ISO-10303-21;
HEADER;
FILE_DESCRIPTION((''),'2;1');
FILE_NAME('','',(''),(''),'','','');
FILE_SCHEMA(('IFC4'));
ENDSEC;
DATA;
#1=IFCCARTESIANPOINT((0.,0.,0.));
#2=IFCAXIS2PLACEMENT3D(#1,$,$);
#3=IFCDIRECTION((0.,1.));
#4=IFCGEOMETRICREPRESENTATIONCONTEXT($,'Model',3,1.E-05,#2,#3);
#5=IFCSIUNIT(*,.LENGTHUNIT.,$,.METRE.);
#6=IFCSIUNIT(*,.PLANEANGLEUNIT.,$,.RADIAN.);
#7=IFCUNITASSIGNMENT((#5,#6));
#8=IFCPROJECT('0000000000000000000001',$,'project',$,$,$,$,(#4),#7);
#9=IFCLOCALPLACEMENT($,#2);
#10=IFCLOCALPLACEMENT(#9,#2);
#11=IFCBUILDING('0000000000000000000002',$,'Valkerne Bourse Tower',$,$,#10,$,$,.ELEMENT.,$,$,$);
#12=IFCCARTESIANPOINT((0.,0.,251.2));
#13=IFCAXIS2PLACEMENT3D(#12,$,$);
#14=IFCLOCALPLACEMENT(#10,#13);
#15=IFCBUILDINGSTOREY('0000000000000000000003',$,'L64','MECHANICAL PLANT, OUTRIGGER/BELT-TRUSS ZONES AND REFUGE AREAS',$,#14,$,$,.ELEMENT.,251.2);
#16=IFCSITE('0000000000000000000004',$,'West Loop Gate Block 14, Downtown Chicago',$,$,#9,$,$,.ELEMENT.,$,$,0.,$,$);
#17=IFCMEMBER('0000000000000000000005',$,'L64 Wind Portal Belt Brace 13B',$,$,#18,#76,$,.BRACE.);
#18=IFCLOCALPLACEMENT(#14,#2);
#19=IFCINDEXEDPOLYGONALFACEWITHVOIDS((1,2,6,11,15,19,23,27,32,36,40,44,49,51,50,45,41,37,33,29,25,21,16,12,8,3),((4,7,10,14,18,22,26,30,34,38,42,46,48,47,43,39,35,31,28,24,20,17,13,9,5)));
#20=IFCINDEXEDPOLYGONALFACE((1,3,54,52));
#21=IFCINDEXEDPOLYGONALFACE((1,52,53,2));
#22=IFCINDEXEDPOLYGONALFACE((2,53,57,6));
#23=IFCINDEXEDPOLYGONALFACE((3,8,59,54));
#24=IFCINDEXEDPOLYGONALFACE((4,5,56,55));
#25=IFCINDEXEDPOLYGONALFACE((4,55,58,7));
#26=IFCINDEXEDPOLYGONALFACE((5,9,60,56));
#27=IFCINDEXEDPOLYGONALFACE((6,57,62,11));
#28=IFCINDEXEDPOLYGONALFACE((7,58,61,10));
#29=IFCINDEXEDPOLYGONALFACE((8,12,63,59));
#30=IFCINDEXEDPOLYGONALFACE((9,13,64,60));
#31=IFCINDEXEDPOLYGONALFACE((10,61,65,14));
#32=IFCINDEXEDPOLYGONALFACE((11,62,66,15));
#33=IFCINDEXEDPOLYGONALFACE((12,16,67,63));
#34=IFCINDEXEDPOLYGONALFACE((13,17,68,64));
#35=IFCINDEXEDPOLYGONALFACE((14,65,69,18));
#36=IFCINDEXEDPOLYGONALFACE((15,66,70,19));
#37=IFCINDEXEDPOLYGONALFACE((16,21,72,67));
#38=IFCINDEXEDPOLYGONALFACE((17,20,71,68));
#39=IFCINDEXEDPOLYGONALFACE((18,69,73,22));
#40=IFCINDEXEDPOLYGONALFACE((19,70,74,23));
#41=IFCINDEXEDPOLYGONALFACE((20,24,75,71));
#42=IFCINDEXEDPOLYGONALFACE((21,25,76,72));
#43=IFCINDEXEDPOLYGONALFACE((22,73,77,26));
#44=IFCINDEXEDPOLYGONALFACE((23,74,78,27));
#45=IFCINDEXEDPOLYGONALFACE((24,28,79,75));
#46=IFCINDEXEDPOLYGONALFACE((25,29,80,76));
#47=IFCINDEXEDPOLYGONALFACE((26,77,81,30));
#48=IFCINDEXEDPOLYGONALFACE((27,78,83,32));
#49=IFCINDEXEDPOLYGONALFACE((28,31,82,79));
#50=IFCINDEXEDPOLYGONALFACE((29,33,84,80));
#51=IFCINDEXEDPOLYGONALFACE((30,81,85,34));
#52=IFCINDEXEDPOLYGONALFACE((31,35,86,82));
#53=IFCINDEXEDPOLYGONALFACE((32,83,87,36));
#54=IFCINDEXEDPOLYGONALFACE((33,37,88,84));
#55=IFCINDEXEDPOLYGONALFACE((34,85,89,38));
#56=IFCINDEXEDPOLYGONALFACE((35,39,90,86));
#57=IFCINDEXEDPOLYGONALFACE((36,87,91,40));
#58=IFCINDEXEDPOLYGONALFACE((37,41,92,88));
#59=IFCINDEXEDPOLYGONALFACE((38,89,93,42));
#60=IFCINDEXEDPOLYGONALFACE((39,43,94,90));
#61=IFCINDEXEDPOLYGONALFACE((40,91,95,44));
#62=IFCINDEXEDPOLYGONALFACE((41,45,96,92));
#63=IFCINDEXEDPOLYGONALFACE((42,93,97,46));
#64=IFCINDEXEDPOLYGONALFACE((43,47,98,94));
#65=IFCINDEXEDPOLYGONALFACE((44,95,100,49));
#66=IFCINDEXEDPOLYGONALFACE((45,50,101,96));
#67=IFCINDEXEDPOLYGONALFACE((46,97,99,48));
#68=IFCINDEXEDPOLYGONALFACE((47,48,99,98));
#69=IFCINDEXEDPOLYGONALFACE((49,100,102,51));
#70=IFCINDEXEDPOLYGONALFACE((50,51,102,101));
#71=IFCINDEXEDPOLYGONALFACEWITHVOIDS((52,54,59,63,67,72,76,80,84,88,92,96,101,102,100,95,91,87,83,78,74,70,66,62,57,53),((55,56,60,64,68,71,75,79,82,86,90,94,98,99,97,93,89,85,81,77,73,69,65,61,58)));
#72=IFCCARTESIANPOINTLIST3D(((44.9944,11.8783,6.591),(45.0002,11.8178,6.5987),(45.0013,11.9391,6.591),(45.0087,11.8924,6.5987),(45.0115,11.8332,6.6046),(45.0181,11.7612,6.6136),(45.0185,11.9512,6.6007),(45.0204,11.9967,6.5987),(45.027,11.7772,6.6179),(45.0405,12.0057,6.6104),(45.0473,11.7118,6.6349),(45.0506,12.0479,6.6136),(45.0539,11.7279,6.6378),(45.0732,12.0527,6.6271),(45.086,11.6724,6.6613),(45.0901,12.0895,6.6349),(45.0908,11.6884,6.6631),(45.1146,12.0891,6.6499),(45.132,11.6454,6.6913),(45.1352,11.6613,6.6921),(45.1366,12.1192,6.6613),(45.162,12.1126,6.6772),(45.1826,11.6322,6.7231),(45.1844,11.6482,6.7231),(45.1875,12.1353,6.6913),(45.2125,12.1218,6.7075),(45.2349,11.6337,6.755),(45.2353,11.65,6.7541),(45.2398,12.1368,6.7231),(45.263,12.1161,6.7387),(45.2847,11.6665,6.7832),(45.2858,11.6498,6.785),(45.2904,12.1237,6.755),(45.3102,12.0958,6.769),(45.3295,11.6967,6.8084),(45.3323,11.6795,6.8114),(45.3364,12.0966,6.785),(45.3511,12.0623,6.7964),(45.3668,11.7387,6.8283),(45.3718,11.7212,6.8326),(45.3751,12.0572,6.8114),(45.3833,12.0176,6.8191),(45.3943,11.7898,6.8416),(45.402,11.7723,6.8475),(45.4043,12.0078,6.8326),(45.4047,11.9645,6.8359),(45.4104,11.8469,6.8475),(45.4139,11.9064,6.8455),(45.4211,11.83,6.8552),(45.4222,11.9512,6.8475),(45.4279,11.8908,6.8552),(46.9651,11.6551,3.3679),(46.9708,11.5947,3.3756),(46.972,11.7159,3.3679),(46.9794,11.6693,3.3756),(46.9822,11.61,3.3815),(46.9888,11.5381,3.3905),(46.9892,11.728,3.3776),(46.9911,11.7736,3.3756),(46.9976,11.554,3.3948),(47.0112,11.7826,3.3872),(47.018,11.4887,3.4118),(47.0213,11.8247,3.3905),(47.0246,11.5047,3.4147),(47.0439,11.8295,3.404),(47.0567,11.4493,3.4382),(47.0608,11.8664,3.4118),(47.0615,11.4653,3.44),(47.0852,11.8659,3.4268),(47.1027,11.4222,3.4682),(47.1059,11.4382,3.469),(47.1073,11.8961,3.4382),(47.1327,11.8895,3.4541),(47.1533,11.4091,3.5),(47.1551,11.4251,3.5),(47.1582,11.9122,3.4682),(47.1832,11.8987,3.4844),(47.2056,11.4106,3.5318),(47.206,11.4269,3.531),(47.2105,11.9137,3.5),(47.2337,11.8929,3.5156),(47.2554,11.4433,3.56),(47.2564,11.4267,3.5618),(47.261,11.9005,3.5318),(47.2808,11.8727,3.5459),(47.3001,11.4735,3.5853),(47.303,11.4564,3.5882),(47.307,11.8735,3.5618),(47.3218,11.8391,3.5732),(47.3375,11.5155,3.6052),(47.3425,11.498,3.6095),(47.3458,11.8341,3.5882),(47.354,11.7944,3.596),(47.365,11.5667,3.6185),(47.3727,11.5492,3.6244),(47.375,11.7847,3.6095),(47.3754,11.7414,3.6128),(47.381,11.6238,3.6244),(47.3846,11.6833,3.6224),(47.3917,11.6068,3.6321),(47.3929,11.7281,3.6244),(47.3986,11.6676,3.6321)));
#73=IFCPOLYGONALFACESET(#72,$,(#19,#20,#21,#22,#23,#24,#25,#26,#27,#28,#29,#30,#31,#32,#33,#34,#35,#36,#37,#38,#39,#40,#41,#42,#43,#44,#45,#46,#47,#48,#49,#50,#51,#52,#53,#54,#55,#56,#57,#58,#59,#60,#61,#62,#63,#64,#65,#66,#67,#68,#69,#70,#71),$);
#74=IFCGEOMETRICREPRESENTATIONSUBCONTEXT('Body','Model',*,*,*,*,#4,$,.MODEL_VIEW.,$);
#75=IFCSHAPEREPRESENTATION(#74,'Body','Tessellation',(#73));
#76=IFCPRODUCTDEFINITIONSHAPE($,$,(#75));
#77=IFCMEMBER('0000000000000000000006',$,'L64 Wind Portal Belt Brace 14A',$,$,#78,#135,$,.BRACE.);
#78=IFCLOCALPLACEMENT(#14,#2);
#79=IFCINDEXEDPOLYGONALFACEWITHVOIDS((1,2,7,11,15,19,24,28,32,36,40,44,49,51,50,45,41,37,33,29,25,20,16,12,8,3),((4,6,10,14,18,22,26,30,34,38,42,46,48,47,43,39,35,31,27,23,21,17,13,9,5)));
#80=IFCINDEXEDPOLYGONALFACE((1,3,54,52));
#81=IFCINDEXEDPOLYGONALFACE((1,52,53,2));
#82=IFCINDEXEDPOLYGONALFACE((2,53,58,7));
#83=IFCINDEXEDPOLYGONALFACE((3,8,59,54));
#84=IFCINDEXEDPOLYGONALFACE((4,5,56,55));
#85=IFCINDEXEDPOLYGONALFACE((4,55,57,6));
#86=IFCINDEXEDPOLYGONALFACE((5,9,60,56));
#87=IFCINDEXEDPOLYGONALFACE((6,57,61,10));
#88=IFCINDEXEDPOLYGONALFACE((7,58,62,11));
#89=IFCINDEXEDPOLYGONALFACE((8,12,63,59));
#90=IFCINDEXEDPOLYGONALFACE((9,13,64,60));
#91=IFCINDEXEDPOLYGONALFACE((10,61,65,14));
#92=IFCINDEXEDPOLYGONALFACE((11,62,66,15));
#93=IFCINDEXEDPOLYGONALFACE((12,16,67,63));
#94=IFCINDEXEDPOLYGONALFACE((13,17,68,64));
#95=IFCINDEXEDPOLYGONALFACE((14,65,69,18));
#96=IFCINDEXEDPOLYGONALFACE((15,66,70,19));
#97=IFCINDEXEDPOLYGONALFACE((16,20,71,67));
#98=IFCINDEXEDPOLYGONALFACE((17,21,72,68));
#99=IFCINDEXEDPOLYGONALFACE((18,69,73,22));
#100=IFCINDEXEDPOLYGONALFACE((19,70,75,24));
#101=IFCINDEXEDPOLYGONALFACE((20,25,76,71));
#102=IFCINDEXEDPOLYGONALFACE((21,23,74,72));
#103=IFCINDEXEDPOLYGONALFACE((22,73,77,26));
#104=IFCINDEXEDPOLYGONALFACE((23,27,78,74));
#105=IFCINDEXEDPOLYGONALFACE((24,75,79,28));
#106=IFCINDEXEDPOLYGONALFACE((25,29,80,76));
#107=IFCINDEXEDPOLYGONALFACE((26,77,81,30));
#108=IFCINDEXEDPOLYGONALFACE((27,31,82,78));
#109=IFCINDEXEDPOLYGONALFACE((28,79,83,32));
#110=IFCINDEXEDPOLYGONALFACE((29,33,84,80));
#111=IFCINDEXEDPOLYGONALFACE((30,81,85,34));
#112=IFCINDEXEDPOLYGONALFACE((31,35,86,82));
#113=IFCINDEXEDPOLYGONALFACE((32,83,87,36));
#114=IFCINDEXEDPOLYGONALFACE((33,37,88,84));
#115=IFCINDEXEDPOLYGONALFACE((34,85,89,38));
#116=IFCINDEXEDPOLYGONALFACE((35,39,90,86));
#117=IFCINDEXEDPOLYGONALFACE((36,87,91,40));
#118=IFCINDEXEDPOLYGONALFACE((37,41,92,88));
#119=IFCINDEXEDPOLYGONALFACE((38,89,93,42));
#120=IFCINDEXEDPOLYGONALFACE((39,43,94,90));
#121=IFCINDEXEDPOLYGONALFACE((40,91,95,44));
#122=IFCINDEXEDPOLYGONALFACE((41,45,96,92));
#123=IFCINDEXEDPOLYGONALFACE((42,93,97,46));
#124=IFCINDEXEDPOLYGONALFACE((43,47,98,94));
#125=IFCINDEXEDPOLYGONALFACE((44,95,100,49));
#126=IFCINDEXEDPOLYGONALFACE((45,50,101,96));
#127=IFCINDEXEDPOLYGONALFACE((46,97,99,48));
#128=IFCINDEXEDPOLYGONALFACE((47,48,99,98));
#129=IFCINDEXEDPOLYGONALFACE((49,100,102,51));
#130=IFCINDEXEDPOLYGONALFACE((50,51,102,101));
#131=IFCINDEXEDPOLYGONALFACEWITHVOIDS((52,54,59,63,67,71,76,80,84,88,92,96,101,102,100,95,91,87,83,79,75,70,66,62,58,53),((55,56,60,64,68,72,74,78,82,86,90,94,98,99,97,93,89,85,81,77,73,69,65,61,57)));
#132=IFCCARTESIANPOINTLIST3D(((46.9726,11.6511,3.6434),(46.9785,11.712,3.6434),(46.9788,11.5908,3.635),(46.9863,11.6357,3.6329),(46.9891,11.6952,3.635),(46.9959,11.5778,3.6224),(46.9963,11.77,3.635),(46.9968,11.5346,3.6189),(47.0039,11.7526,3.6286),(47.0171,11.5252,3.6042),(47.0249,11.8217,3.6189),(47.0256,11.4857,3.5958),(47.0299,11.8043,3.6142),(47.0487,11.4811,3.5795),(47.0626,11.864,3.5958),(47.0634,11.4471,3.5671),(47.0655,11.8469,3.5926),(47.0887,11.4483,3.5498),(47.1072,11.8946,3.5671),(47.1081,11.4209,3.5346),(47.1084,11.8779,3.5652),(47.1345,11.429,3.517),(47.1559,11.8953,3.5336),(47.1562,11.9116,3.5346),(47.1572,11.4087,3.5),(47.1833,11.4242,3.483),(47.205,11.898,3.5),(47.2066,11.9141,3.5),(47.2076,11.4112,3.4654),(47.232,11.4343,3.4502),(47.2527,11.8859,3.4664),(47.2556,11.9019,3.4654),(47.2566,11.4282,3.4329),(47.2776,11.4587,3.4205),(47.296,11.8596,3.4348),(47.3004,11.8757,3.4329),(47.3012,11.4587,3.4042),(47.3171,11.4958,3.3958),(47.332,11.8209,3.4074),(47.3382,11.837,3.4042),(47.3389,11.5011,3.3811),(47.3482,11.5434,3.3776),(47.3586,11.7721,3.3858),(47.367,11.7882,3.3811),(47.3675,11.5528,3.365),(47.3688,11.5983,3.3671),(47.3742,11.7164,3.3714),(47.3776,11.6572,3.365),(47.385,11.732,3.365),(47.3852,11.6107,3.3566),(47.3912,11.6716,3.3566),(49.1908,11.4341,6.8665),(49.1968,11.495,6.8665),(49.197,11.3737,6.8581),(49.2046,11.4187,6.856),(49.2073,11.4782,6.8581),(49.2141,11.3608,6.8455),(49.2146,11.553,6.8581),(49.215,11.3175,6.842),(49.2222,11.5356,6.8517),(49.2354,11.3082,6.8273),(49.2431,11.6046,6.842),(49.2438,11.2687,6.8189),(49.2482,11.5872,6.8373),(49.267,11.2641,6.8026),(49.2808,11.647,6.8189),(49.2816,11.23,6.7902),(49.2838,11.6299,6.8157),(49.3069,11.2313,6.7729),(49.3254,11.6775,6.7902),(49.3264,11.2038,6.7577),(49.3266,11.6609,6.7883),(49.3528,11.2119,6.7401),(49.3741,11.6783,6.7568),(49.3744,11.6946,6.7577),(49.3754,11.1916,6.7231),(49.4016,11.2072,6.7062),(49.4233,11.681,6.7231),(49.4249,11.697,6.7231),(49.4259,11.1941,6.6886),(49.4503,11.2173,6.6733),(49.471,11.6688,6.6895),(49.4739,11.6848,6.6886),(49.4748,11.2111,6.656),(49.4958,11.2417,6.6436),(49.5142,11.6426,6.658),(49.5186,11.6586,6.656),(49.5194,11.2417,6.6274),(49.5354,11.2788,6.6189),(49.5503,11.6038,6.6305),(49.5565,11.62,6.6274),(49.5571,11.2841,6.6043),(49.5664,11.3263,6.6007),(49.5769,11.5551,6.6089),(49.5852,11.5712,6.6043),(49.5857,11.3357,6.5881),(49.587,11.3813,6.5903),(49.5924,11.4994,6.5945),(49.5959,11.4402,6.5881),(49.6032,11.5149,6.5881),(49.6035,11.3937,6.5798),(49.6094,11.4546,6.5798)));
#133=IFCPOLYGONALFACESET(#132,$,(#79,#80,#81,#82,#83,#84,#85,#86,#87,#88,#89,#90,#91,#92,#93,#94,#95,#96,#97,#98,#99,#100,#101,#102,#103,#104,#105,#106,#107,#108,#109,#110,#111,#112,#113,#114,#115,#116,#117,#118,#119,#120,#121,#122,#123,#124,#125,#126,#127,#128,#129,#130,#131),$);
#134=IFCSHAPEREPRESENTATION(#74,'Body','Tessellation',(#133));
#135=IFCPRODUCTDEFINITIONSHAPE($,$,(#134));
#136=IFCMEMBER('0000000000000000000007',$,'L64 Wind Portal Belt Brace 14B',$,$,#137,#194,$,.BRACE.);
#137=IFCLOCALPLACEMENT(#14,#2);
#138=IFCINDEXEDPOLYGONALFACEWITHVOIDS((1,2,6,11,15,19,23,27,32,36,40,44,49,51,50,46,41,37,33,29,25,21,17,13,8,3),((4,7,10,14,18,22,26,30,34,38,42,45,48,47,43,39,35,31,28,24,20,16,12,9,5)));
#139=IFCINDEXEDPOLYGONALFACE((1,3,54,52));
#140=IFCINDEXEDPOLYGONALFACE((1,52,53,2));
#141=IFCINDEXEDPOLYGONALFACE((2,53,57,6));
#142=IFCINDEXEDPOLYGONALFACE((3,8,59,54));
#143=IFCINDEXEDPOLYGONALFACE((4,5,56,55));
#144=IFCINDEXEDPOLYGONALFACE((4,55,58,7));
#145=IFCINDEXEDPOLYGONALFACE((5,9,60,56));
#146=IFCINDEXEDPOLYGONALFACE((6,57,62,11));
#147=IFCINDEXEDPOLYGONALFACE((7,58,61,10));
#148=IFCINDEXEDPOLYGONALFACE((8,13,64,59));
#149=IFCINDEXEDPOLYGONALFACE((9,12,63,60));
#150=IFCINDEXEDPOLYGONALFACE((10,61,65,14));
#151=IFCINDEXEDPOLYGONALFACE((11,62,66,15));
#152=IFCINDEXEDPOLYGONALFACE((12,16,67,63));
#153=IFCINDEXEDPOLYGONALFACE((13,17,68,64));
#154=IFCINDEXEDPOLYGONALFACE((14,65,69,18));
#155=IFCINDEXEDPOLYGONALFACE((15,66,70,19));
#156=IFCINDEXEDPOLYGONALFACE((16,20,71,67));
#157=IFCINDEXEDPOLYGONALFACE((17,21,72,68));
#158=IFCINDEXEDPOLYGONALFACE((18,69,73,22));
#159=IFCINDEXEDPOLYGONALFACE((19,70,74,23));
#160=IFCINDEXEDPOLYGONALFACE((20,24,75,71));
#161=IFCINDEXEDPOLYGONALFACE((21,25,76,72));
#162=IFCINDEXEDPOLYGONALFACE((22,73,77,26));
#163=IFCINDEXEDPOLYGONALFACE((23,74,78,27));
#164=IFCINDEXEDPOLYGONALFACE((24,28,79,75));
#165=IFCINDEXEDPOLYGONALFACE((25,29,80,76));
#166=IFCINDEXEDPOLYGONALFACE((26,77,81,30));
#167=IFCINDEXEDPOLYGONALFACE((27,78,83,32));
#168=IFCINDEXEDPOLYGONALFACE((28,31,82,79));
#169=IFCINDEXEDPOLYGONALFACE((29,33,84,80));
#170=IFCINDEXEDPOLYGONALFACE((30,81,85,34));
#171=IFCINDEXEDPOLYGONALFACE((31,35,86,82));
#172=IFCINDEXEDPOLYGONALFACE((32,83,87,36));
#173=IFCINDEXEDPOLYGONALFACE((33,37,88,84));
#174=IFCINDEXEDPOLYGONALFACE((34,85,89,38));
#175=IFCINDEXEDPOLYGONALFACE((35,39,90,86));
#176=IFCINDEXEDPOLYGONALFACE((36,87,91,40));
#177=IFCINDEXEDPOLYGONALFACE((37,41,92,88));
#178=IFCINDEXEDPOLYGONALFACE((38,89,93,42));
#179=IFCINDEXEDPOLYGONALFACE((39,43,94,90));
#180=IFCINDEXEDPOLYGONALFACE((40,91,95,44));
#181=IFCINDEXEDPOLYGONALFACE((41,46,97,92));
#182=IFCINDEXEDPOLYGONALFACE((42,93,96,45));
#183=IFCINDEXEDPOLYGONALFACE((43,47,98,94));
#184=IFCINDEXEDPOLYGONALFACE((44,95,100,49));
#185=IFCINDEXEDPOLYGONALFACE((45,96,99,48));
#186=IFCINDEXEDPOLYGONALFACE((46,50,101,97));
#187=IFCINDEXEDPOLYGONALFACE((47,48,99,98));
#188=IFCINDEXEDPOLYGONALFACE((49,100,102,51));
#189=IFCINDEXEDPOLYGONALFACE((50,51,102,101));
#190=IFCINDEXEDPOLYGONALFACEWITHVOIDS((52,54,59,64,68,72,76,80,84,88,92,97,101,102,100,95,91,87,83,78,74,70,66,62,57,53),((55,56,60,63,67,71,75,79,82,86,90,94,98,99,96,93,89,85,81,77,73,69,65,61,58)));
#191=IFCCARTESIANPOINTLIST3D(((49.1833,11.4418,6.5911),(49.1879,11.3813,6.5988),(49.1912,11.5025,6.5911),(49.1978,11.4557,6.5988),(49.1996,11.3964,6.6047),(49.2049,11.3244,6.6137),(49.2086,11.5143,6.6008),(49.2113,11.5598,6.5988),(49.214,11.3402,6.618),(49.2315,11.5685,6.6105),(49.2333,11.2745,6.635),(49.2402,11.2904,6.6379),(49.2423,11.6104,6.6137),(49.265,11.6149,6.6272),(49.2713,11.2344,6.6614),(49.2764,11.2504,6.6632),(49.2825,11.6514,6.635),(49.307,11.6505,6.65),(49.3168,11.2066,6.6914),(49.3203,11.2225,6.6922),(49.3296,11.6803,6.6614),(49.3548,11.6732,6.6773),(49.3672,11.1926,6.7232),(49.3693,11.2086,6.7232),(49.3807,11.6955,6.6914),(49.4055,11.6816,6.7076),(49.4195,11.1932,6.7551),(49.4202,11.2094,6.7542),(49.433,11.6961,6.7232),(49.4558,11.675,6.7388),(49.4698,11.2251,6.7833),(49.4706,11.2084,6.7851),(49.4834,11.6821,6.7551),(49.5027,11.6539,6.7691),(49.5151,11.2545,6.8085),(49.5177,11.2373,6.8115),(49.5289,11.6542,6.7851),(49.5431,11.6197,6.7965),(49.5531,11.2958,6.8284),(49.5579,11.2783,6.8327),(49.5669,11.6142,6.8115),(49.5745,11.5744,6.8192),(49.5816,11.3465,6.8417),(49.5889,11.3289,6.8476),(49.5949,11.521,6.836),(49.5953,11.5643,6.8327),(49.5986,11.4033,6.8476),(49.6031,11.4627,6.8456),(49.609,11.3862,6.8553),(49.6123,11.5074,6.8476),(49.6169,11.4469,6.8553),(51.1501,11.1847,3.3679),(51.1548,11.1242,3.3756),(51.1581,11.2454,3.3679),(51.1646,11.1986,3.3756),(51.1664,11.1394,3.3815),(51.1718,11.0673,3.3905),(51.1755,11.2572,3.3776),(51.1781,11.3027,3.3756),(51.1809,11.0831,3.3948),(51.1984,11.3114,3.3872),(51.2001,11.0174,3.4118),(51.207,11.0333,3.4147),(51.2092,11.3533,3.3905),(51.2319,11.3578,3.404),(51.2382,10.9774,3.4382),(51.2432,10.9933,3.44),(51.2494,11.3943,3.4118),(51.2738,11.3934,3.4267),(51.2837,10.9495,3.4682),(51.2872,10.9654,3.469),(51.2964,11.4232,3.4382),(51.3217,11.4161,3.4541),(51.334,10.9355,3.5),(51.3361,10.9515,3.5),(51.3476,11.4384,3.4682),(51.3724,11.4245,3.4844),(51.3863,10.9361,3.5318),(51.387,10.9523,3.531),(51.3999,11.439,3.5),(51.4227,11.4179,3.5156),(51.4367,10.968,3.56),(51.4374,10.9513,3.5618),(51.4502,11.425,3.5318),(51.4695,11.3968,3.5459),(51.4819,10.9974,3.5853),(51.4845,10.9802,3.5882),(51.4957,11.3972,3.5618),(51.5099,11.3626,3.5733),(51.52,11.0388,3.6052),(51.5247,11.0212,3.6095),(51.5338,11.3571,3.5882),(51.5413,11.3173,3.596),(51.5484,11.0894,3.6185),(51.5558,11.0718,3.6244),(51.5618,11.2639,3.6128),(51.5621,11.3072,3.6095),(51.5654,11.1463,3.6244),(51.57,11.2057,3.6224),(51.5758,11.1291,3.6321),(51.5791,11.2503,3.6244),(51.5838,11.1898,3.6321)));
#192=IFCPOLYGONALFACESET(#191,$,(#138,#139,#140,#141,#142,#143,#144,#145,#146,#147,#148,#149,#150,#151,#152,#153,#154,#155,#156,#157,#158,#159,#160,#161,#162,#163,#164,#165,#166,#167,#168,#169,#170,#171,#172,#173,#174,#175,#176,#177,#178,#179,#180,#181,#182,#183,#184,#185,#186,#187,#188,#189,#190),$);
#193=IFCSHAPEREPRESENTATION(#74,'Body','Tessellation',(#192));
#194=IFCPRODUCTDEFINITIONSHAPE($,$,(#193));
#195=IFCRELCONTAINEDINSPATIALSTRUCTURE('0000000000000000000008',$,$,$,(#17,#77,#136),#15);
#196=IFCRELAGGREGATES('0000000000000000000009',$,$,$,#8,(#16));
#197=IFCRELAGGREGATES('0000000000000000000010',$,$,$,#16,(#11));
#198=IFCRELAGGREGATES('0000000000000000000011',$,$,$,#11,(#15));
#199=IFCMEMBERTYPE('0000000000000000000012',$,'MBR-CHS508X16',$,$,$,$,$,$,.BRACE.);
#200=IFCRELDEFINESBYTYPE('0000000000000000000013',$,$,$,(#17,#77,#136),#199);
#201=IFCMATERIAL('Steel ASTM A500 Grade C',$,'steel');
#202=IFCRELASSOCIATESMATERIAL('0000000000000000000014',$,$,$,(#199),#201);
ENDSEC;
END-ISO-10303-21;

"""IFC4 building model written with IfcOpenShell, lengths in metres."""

from ifc_helpers import new_model, si_unit, direction, frame, origin, origin_2d, place, context, subcontext, project, spatial, hollow_circle, extrude, material, material_profile, profile_set, type_object, element, save


model = new_model("IFC4")

# Units and contexts
model_context = context("Model", 3, precision=1e-05, world=origin(), true_north=direction((0.0, 1.0)))
body_context = subcontext(model_context, "Body", "Model", "MODEL_VIEW")
ifc_project = project(units=[si_unit("LENGTHUNIT", "METRE"), si_unit("PLANEANGLEUNIT", "RADIAN")], contexts=[model_context])

# Site, building, storey
site_placement = place(None, origin())
site = spatial("IfcSite", under=ifc_project, at=site_placement, Name="West Loop Gate Block 14, Downtown Chicago", CompositionType="ELEMENT", RefElevation=0.0)
building_placement = place(site_placement, origin())
building = spatial("IfcBuilding", under=site, at=building_placement, Name="Valkerne Bourse Tower", CompositionType="ELEMENT")
storey_placement = place(building_placement, frame((0.0, 0.0, 251.2)))
storey = spatial("IfcBuildingStorey", under=building, at=storey_placement, Name="L64", Description="MECHANICAL PLANT, OUTRIGGER/BELT-TRUSS ZONES AND REFUGE AREAS", CompositionType="ELEMENT", Elevation=251.2)

# Members
ifc_material_1 = material(Name="Steel ASTM A500 Grade C", Category="steel")
ifc_material_profile_1 = material_profile(ifc_material_1, hollow_circle(Radius=0.2539, WallThickness=0.0161, at=origin_2d()), Name="CHS508X16")
ifc_profile_set_1 = profile_set([ifc_material_profile_1], Name="Steel ASTM A500 Grade C")
member_type_1 = type_object("IfcMemberType", Name="MBR-CHS508X16", PredefinedType="BRACE", material=ifc_profile_set_1)
member_1_placement = place(storey_placement, frame((47.1819, 11.6614, 3.5), z_axis=(-0.520736, 0.058963, 0.851679), x_axis=(-0.112512, -0.99365, 0.0)))
element("IfcMember", 1, at=member_1_placement, inside=storey, type_object=member_type_1, Name="L64 Wind Portal Belt Brace 13B", PredefinedType="BRACE", context=body_context, shape_type="SweptSolid", body=[
    extrude(hollow_circle(Radius=0.2539, WallThickness=0.0161, at=origin_2d()), origin(), (0.0, 0.0, 1.0), 3.7844),
])
member_2_placement = place(storey_placement, frame((47.1819, 11.6614, 3.5), z_axis=(0.566066, -0.055386, 0.822497), x_axis=(0.097378, 0.995247, 0.0)))
element("IfcMember", 2, at=member_2_placement, inside=storey, type_object=member_type_1, Name="L64 Wind Portal Belt Brace 14A", PredefinedType="BRACE", context=body_context, shape_type="SweptSolid", body=[
    extrude(hollow_circle(Radius=0.2539, WallThickness=0.0161, at=origin_2d()), origin(), (0.0, 0.0, 1.0), 3.9187),
])
member_3_placement = place(storey_placement, frame((51.3669, 11.1873, 3.5), z_axis=(-0.519687, 0.067928, 0.851652), x_axis=(-0.129608, -0.991565, 0.0)))
element("IfcMember", 3, at=member_3_placement, inside=storey, type_object=member_type_1, Name="L64 Wind Portal Belt Brace 14B", PredefinedType="BRACE", context=body_context, shape_type="SweptSolid", body=[
    extrude(hollow_circle(Radius=0.2539, WallThickness=0.0161, at=origin_2d()), origin(), (0.0, 0.0, 1.0), 3.7847),
])

save(model, "model.ifc")
